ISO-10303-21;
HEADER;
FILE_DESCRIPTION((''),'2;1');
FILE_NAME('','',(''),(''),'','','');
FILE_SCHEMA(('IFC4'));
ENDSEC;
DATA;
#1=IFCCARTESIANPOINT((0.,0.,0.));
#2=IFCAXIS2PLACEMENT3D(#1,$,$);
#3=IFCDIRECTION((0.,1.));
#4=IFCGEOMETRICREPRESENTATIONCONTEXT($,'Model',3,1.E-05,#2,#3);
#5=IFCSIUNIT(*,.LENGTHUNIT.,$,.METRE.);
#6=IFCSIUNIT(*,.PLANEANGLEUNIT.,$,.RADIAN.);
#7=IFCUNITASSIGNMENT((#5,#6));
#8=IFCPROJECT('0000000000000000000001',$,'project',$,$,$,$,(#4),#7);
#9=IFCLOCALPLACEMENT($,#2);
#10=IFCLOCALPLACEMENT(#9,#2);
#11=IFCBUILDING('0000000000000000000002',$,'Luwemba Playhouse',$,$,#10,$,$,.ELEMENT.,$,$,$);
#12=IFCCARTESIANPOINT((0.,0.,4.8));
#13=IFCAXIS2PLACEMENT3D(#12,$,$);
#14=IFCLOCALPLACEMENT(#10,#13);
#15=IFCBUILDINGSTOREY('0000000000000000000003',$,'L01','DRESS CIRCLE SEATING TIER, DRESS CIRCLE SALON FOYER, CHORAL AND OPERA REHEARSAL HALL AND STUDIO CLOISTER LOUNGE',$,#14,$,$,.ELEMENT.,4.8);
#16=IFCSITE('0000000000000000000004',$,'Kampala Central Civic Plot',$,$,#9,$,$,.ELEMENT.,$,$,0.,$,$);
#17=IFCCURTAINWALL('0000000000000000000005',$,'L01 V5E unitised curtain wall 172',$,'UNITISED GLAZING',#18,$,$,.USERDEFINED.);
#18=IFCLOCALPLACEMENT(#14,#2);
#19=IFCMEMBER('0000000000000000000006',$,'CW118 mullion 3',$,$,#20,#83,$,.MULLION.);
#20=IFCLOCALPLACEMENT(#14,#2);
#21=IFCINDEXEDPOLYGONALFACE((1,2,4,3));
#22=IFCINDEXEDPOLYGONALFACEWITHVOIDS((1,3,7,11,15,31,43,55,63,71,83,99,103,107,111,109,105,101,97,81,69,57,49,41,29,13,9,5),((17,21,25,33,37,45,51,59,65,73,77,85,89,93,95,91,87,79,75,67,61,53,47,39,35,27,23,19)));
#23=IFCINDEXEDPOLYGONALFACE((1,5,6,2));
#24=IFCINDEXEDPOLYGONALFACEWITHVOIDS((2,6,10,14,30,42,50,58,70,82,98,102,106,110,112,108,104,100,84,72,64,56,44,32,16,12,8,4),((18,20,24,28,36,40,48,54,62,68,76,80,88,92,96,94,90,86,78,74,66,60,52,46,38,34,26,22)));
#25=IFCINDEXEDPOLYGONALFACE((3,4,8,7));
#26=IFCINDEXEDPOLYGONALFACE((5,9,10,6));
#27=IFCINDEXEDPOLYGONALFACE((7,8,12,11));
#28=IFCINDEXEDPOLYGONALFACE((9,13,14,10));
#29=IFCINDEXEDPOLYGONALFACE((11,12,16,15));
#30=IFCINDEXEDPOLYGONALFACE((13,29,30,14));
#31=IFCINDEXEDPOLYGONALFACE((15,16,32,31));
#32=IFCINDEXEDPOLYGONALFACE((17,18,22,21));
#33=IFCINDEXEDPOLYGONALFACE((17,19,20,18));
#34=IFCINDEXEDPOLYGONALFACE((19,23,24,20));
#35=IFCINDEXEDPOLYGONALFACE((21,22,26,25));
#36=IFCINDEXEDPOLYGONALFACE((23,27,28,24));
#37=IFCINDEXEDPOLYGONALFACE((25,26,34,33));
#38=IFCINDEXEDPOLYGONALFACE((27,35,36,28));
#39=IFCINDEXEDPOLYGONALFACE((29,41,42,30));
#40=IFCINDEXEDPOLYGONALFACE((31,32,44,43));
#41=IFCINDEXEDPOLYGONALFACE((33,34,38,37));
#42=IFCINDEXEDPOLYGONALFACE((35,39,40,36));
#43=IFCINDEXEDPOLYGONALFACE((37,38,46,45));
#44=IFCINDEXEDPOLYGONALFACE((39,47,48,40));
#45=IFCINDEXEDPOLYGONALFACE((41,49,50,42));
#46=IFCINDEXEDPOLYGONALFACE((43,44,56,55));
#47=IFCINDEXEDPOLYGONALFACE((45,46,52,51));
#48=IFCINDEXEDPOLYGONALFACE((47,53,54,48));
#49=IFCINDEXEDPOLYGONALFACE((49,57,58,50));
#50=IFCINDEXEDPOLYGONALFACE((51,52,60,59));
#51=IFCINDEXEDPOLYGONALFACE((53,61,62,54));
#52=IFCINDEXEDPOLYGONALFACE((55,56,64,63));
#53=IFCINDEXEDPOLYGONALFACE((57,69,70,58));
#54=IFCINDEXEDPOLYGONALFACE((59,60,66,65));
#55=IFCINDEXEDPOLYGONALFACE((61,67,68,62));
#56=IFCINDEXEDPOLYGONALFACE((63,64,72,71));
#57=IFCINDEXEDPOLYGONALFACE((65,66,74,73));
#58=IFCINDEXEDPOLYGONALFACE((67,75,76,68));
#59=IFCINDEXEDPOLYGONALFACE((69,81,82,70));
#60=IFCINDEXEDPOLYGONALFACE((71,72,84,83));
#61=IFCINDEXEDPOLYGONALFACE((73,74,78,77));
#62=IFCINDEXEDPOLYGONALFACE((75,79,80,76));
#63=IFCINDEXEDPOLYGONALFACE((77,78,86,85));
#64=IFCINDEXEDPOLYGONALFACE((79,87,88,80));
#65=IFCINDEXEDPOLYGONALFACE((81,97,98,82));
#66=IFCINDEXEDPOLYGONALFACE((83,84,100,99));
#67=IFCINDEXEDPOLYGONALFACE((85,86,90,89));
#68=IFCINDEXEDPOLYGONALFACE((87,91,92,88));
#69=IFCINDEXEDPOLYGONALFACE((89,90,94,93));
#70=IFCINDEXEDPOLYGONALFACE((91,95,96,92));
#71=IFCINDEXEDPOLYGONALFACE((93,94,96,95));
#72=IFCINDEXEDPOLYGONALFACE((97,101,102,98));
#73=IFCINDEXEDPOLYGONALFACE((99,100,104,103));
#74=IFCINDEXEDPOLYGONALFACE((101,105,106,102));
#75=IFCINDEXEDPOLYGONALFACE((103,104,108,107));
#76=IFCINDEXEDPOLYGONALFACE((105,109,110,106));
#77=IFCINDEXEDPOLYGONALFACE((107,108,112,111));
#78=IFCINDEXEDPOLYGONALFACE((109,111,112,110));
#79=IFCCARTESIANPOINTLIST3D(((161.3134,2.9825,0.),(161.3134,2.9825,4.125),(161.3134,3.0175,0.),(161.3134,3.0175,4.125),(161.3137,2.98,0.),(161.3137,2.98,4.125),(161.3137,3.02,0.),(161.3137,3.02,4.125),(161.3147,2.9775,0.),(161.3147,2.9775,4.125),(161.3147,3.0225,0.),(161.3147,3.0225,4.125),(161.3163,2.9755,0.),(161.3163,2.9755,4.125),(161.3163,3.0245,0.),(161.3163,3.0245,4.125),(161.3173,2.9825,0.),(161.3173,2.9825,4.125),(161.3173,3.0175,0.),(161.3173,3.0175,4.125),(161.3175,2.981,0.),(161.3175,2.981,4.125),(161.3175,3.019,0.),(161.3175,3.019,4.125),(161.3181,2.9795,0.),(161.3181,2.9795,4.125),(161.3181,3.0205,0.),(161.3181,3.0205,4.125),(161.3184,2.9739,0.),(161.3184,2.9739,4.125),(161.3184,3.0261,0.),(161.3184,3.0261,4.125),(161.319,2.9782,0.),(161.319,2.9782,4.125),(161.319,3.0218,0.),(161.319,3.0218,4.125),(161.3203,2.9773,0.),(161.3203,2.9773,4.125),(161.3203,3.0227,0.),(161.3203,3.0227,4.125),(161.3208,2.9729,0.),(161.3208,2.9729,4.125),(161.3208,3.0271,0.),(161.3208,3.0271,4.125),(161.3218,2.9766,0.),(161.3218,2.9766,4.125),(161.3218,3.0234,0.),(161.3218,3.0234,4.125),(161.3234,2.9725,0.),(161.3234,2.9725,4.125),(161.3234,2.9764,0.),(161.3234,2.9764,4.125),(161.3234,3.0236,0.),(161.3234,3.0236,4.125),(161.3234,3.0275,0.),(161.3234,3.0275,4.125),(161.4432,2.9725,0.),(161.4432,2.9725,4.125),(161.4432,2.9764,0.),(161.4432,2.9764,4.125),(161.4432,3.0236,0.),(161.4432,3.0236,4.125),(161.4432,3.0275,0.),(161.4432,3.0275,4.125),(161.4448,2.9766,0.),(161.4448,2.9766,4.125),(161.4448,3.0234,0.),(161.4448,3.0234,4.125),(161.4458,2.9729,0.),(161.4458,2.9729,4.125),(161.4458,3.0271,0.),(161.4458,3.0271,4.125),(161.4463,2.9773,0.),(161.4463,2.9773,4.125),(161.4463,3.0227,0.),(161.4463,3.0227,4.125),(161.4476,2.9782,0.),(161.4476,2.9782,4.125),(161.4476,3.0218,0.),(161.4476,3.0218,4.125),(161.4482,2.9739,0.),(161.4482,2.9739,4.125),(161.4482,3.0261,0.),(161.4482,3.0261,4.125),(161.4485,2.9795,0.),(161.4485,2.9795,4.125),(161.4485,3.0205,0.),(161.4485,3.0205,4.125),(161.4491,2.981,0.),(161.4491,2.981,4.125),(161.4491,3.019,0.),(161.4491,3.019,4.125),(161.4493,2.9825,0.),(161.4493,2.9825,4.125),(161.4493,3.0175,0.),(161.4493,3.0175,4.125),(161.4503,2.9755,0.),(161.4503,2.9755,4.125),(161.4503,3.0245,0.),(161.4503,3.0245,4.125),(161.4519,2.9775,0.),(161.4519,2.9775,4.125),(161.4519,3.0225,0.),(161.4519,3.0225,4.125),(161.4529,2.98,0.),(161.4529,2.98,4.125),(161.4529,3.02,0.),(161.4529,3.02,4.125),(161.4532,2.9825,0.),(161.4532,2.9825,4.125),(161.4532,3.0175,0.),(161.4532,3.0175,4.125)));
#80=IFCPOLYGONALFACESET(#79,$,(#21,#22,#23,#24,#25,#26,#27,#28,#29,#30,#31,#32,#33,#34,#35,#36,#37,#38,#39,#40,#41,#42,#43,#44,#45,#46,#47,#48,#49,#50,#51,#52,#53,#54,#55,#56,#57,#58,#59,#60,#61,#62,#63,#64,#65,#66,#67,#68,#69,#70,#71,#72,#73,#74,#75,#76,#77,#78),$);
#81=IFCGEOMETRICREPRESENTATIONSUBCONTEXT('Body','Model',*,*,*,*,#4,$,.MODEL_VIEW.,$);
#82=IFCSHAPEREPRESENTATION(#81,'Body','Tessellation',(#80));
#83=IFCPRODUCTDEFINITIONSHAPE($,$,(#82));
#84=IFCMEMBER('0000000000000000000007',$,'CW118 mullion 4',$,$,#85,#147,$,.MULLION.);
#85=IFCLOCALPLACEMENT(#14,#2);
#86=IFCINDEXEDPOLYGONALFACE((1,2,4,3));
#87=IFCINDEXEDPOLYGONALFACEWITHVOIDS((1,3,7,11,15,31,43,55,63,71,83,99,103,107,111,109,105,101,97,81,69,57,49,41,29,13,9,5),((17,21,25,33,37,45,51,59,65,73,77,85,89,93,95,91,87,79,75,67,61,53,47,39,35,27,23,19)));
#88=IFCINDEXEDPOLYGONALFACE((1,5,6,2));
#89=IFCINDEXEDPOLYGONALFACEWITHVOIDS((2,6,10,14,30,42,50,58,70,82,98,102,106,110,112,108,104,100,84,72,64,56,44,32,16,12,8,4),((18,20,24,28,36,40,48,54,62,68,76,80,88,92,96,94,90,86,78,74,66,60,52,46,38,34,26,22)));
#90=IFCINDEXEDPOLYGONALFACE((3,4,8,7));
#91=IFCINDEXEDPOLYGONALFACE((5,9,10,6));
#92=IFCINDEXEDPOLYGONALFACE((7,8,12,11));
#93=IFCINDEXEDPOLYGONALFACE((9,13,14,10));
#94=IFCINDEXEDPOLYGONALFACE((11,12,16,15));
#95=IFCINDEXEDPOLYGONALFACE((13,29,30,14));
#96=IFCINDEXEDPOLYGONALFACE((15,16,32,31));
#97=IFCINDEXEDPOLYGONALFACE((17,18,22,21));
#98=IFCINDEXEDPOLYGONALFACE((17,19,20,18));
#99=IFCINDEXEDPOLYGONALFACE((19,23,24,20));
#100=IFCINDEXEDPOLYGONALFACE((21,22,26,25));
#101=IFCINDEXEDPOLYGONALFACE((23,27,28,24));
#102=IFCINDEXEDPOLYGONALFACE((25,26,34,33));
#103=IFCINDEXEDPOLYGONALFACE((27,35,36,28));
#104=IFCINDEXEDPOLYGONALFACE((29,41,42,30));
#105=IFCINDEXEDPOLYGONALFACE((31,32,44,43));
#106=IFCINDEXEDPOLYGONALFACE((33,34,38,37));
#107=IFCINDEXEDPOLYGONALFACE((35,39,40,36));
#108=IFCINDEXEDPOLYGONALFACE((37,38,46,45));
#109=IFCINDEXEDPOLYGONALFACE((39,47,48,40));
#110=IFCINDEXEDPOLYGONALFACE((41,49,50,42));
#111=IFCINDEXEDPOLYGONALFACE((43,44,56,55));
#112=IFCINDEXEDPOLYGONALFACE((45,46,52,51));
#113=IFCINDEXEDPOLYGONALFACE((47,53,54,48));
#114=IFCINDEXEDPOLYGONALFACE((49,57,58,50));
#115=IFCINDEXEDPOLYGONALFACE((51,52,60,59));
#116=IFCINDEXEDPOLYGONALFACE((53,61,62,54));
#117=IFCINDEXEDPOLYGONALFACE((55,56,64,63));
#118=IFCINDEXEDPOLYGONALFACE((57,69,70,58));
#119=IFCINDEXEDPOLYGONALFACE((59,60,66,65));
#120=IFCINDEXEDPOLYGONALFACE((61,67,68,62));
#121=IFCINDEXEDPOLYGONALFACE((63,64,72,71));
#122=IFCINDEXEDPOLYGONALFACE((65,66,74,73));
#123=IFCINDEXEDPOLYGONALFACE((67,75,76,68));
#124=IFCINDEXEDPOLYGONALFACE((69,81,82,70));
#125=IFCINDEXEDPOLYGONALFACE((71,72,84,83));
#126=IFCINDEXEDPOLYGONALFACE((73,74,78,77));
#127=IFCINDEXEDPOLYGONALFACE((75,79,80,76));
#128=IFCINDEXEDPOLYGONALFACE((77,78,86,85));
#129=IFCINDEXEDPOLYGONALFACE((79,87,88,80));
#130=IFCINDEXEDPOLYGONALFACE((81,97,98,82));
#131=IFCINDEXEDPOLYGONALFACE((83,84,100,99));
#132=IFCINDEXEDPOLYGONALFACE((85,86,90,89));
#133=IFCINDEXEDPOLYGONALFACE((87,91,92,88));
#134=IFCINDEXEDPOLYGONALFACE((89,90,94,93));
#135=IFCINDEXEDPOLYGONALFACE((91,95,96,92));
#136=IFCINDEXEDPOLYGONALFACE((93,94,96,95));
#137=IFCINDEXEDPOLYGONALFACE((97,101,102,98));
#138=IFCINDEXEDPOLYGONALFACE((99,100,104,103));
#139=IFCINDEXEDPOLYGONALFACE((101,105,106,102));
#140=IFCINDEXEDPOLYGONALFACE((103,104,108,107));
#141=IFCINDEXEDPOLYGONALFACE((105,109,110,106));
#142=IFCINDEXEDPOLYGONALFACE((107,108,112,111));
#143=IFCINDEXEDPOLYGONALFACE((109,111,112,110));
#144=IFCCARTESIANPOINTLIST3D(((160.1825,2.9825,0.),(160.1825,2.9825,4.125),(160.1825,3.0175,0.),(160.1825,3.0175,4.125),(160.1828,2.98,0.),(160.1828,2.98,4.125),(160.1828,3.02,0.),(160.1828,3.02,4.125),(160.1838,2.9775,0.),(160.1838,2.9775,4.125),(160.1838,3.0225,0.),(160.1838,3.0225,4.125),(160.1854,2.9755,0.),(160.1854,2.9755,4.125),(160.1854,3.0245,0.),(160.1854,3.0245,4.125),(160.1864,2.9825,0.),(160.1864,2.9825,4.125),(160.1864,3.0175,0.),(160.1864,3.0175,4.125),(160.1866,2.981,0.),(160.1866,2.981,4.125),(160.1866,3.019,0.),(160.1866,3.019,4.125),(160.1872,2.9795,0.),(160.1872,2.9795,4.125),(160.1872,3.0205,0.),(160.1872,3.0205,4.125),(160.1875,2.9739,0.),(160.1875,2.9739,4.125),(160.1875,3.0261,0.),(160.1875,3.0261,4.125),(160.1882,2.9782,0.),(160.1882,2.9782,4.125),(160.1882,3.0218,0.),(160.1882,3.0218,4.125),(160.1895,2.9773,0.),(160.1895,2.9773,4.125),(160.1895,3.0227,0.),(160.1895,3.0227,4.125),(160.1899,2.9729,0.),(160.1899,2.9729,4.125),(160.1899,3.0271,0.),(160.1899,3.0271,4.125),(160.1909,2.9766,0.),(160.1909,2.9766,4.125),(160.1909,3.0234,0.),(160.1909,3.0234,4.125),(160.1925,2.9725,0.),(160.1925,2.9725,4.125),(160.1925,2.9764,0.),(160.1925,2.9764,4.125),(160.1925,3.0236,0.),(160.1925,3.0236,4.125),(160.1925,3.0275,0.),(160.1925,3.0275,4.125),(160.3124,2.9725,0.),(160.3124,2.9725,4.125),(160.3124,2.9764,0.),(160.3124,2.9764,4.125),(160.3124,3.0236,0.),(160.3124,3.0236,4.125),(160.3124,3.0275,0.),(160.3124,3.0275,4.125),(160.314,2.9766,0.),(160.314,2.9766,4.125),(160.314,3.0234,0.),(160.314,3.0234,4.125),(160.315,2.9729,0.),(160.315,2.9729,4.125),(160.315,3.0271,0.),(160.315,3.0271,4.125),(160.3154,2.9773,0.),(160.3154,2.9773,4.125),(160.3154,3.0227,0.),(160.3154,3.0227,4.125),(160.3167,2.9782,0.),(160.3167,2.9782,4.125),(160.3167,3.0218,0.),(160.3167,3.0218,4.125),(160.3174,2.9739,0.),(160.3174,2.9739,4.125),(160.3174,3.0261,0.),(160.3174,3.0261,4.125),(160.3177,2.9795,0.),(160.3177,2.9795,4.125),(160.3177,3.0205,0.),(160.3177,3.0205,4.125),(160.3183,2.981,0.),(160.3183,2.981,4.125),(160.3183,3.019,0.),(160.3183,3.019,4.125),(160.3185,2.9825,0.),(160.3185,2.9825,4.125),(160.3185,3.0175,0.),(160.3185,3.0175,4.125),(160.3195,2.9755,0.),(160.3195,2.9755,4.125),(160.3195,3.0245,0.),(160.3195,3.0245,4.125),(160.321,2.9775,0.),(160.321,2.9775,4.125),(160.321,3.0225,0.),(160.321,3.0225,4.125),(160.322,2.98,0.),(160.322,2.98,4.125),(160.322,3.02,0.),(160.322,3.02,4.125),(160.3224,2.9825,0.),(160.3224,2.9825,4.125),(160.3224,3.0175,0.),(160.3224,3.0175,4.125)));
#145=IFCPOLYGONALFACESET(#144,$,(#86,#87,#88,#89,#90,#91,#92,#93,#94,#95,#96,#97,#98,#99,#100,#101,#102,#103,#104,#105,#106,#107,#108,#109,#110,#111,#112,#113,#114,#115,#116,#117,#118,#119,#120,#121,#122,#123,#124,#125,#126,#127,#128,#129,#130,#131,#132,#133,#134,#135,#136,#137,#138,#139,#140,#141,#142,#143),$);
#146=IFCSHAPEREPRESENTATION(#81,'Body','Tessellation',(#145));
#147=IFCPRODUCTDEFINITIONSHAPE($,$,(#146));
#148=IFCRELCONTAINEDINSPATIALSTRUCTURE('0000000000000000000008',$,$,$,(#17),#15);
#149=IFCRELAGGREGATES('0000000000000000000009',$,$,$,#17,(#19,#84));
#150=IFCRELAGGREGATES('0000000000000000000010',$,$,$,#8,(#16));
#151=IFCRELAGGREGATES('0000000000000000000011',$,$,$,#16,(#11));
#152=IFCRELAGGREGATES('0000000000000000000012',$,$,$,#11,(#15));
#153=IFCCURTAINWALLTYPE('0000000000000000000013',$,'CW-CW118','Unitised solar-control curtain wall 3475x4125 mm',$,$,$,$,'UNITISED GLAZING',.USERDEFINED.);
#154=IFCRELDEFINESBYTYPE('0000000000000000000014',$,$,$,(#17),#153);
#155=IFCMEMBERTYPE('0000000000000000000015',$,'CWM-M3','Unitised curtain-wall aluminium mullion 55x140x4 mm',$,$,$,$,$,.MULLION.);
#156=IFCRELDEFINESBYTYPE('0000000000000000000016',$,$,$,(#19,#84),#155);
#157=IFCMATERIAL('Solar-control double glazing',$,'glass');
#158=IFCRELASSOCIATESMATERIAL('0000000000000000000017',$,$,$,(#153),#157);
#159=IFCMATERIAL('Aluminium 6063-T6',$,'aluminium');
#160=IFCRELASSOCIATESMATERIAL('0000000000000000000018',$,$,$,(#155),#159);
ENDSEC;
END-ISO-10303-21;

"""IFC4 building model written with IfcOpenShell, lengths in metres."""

from ifc_helpers import new_model, si_unit, direction, frame, origin, origin_2d, place, context, subcontext, project, spatial, hollow_rectangle, extrude, material, material_profile, profile_set, type_object, element, aggregate, save


model = new_model("IFC4")

# Units and contexts
model_context = context("Model", 3, precision=1e-05, world=origin(), true_north=direction((0.0, 1.0)))
body_context = subcontext(model_context, "Body", "Model", "MODEL_VIEW")
ifc_project = project(units=[si_unit("LENGTHUNIT", "METRE"), si_unit("PLANEANGLEUNIT", "RADIAN")], contexts=[model_context])

# Site, building, storey
site_placement = place(None, origin())
site = spatial("IfcSite", under=ifc_project, at=site_placement, Name="Kampala Central Civic Plot", CompositionType="ELEMENT", RefElevation=0.0)
building_placement = place(site_placement, origin())
building = spatial("IfcBuilding", under=site, at=building_placement, Name="Luwemba Playhouse", CompositionType="ELEMENT")
storey_placement = place(building_placement, frame((0.0, 0.0, 4.8)))
storey = spatial("IfcBuildingStorey", under=building, at=storey_placement, Name="L01", Description="DRESS CIRCLE SEATING TIER, DRESS CIRCLE SALON FOYER, CHORAL AND OPERA REHEARSAL HALL AND STUDIO CLOISTER LOUNGE", CompositionType="ELEMENT", Elevation=4.8)

# Shared definitions
ifc_material_1 = material(Name="Solar-control double glazing", Category="glass")
ifc_material_2 = material(Name="Aluminium 6063-T6", Category="aluminium")

# Curtain wall, members
curtain_wall_type_1 = type_object("IfcCurtainWallType", Name="CW-CW118", Description="Unitised solar-control curtain wall 3475x4125 mm", ElementType="UNITISED GLAZING", PredefinedType="USERDEFINED", material=ifc_material_1)
curtain_wall_1_placement = place(storey_placement, origin())
curtain_wall_1 = element("IfcCurtainWall", 1, at=curtain_wall_1_placement, inside=storey, type_object=curtain_wall_type_1, Name="L01 V5E unitised curtain wall 172", ObjectType="UNITISED GLAZING", PredefinedType="USERDEFINED")
ifc_material_profile_1 = material_profile(ifc_material_2, hollow_rectangle(XDim=0.0549, YDim=0.1399, WallThickness=0.0039, InnerFilletRadius=0.0061, OuterFilletRadius=0.01, at=origin_2d()))
ifc_profile_set_1 = profile_set([ifc_material_profile_1], Name="Aluminium 6063-T6")
member_type_1 = type_object("IfcMemberType", Name="CWM-M3", Description="Unitised curtain-wall aluminium mullion 55x140x4 mm", PredefinedType="MULLION", material=ifc_profile_set_1)
member_1_placement = place(storey_placement, frame((161.3833, 3.0, 0.0), z_axis=(0.0, 0.0, 1.0), x_axis=(0.0, -1.0, 0.0)))
member_1 = element("IfcMember", 2, at=member_1_placement, type_object=member_type_1, Name="CW118 mullion 3", PredefinedType="MULLION", context=body_context, shape_type="SweptSolid", body=[
    extrude(hollow_rectangle(XDim=0.0549, YDim=0.1399, WallThickness=0.0039, InnerFilletRadius=0.0061, OuterFilletRadius=0.01, at=origin_2d()), origin(), (0.0, 0.0, 1.0), 4.125),
])
member_2_placement = place(storey_placement, frame((160.2524, 3.0, 0.0), z_axis=(0.0, 0.0, 1.0), x_axis=(0.0, -1.0, 0.0)))
member_2 = element("IfcMember", 3, at=member_2_placement, type_object=member_type_1, Name="CW118 mullion 4", PredefinedType="MULLION", context=body_context, shape_type="SweptSolid", body=[
    extrude(hollow_rectangle(XDim=0.0549, YDim=0.1399, WallThickness=0.0039, InnerFilletRadius=0.0061, OuterFilletRadius=0.01, at=origin_2d()), origin(), (0.0, 0.0, 1.0), 4.125),
])

aggregate(curtain_wall_1, [member_1, member_2])

save(model, "model.ifc")
